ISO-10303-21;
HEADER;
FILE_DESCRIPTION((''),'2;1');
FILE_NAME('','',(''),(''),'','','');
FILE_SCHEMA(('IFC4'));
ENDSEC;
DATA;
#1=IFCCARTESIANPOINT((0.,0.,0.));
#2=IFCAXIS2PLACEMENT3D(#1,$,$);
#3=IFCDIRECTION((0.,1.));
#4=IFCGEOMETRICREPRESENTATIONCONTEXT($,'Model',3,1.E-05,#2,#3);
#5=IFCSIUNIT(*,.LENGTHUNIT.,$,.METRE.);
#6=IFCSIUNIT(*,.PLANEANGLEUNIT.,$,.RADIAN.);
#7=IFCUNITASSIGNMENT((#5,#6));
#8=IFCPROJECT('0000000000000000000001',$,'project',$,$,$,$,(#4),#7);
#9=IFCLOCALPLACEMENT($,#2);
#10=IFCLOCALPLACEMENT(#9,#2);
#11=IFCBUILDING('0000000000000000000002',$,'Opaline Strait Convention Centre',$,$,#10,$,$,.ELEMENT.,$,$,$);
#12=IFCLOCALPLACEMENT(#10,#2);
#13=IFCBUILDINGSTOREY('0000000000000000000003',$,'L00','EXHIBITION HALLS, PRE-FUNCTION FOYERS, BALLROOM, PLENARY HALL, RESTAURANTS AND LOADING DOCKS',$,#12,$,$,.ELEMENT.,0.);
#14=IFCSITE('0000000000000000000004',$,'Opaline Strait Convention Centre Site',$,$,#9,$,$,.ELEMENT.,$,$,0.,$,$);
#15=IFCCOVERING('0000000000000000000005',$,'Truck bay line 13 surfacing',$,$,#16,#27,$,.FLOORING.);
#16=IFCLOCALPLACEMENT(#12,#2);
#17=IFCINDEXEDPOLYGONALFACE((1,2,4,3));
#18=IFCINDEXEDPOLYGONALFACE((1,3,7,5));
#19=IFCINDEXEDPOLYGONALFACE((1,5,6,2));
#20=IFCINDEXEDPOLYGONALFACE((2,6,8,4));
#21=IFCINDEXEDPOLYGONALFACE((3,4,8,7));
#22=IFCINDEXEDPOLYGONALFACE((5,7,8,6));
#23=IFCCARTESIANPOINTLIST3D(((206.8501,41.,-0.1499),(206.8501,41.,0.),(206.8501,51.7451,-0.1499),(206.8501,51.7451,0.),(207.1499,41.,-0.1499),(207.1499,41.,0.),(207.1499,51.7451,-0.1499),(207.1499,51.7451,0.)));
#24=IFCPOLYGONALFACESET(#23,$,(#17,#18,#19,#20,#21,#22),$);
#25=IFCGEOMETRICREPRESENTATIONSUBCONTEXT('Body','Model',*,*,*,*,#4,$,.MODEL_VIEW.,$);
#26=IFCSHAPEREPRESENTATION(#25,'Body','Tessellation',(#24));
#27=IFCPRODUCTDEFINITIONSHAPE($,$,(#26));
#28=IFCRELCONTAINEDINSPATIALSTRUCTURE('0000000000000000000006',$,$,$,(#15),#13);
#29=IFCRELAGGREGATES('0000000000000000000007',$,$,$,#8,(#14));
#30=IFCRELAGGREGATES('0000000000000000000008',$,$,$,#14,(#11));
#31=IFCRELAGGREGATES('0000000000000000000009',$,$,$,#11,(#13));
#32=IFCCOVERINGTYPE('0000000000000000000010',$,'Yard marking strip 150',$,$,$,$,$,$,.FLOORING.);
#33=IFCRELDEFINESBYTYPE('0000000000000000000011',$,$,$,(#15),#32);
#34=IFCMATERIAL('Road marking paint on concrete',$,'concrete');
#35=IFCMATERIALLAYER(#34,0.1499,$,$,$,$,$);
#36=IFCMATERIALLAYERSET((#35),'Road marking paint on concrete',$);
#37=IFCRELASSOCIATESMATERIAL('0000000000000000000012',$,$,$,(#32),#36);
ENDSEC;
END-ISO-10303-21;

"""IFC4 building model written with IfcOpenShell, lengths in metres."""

from ifc_helpers import new_model, si_unit, direction, frame, origin, place, context, subcontext, project, spatial, polyline, outline, extrude, material, layer, layer_set, type_object, element, save


model = new_model("IFC4")

# Units and contexts
model_context = context("Model", 3, precision=1e-05, world=origin(), true_north=direction((0.0, 1.0)))
body_context = subcontext(model_context, "Body", "Model", "MODEL_VIEW")
ifc_project = project(units=[si_unit("LENGTHUNIT", "METRE"), si_unit("PLANEANGLEUNIT", "RADIAN")], contexts=[model_context])

# Site, building, storey
site_placement = place(None, origin())
site = spatial("IfcSite", under=ifc_project, at=site_placement, Name="Opaline Strait Convention Centre Site", CompositionType="ELEMENT", RefElevation=0.0)
building_placement = place(site_placement, origin())
building = spatial("IfcBuilding", under=site, at=building_placement, Name="Opaline Strait Convention Centre", CompositionType="ELEMENT")
storey_placement = place(building_placement, origin())
storey = spatial("IfcBuildingStorey", under=building, at=storey_placement, Name="L00", Description="EXHIBITION HALLS, PRE-FUNCTION FOYERS, BALLROOM, PLENARY HALL, RESTAURANTS AND LOADING DOCKS", CompositionType="ELEMENT", Elevation=0.0)

# Covering
ifc_material_1 = material(Name="Road marking paint on concrete", Category="concrete")
ifc_layer_1 = layer(ifc_material_1, 0.1499)
ifc_layer_set_1 = layer_set([ifc_layer_1], Name="Road marking paint on concrete")
covering_type_1 = type_object("IfcCoveringType", Name="Yard marking strip 150", PredefinedType="FLOORING", material=ifc_layer_set_1)
covering_1_placement = place(storey_placement, frame((0.0, 0.0, -0.1499)))
element("IfcCovering", 1, at=covering_1_placement, inside=storey, type_object=covering_type_1, Name="Truck bay line 13 surfacing", PredefinedType="FLOORING", context=body_context, shape_type="SweptSolid", body=[
    extrude(outline(polyline([(206.8501, 51.7451), (206.8501, 41.0), (207.1499, 41.0), (207.1499, 51.7451), (206.8501, 51.7451)])), origin(), (0.0, 0.0, 1.0), 0.1499),
])

save(model, "model.ifc")
